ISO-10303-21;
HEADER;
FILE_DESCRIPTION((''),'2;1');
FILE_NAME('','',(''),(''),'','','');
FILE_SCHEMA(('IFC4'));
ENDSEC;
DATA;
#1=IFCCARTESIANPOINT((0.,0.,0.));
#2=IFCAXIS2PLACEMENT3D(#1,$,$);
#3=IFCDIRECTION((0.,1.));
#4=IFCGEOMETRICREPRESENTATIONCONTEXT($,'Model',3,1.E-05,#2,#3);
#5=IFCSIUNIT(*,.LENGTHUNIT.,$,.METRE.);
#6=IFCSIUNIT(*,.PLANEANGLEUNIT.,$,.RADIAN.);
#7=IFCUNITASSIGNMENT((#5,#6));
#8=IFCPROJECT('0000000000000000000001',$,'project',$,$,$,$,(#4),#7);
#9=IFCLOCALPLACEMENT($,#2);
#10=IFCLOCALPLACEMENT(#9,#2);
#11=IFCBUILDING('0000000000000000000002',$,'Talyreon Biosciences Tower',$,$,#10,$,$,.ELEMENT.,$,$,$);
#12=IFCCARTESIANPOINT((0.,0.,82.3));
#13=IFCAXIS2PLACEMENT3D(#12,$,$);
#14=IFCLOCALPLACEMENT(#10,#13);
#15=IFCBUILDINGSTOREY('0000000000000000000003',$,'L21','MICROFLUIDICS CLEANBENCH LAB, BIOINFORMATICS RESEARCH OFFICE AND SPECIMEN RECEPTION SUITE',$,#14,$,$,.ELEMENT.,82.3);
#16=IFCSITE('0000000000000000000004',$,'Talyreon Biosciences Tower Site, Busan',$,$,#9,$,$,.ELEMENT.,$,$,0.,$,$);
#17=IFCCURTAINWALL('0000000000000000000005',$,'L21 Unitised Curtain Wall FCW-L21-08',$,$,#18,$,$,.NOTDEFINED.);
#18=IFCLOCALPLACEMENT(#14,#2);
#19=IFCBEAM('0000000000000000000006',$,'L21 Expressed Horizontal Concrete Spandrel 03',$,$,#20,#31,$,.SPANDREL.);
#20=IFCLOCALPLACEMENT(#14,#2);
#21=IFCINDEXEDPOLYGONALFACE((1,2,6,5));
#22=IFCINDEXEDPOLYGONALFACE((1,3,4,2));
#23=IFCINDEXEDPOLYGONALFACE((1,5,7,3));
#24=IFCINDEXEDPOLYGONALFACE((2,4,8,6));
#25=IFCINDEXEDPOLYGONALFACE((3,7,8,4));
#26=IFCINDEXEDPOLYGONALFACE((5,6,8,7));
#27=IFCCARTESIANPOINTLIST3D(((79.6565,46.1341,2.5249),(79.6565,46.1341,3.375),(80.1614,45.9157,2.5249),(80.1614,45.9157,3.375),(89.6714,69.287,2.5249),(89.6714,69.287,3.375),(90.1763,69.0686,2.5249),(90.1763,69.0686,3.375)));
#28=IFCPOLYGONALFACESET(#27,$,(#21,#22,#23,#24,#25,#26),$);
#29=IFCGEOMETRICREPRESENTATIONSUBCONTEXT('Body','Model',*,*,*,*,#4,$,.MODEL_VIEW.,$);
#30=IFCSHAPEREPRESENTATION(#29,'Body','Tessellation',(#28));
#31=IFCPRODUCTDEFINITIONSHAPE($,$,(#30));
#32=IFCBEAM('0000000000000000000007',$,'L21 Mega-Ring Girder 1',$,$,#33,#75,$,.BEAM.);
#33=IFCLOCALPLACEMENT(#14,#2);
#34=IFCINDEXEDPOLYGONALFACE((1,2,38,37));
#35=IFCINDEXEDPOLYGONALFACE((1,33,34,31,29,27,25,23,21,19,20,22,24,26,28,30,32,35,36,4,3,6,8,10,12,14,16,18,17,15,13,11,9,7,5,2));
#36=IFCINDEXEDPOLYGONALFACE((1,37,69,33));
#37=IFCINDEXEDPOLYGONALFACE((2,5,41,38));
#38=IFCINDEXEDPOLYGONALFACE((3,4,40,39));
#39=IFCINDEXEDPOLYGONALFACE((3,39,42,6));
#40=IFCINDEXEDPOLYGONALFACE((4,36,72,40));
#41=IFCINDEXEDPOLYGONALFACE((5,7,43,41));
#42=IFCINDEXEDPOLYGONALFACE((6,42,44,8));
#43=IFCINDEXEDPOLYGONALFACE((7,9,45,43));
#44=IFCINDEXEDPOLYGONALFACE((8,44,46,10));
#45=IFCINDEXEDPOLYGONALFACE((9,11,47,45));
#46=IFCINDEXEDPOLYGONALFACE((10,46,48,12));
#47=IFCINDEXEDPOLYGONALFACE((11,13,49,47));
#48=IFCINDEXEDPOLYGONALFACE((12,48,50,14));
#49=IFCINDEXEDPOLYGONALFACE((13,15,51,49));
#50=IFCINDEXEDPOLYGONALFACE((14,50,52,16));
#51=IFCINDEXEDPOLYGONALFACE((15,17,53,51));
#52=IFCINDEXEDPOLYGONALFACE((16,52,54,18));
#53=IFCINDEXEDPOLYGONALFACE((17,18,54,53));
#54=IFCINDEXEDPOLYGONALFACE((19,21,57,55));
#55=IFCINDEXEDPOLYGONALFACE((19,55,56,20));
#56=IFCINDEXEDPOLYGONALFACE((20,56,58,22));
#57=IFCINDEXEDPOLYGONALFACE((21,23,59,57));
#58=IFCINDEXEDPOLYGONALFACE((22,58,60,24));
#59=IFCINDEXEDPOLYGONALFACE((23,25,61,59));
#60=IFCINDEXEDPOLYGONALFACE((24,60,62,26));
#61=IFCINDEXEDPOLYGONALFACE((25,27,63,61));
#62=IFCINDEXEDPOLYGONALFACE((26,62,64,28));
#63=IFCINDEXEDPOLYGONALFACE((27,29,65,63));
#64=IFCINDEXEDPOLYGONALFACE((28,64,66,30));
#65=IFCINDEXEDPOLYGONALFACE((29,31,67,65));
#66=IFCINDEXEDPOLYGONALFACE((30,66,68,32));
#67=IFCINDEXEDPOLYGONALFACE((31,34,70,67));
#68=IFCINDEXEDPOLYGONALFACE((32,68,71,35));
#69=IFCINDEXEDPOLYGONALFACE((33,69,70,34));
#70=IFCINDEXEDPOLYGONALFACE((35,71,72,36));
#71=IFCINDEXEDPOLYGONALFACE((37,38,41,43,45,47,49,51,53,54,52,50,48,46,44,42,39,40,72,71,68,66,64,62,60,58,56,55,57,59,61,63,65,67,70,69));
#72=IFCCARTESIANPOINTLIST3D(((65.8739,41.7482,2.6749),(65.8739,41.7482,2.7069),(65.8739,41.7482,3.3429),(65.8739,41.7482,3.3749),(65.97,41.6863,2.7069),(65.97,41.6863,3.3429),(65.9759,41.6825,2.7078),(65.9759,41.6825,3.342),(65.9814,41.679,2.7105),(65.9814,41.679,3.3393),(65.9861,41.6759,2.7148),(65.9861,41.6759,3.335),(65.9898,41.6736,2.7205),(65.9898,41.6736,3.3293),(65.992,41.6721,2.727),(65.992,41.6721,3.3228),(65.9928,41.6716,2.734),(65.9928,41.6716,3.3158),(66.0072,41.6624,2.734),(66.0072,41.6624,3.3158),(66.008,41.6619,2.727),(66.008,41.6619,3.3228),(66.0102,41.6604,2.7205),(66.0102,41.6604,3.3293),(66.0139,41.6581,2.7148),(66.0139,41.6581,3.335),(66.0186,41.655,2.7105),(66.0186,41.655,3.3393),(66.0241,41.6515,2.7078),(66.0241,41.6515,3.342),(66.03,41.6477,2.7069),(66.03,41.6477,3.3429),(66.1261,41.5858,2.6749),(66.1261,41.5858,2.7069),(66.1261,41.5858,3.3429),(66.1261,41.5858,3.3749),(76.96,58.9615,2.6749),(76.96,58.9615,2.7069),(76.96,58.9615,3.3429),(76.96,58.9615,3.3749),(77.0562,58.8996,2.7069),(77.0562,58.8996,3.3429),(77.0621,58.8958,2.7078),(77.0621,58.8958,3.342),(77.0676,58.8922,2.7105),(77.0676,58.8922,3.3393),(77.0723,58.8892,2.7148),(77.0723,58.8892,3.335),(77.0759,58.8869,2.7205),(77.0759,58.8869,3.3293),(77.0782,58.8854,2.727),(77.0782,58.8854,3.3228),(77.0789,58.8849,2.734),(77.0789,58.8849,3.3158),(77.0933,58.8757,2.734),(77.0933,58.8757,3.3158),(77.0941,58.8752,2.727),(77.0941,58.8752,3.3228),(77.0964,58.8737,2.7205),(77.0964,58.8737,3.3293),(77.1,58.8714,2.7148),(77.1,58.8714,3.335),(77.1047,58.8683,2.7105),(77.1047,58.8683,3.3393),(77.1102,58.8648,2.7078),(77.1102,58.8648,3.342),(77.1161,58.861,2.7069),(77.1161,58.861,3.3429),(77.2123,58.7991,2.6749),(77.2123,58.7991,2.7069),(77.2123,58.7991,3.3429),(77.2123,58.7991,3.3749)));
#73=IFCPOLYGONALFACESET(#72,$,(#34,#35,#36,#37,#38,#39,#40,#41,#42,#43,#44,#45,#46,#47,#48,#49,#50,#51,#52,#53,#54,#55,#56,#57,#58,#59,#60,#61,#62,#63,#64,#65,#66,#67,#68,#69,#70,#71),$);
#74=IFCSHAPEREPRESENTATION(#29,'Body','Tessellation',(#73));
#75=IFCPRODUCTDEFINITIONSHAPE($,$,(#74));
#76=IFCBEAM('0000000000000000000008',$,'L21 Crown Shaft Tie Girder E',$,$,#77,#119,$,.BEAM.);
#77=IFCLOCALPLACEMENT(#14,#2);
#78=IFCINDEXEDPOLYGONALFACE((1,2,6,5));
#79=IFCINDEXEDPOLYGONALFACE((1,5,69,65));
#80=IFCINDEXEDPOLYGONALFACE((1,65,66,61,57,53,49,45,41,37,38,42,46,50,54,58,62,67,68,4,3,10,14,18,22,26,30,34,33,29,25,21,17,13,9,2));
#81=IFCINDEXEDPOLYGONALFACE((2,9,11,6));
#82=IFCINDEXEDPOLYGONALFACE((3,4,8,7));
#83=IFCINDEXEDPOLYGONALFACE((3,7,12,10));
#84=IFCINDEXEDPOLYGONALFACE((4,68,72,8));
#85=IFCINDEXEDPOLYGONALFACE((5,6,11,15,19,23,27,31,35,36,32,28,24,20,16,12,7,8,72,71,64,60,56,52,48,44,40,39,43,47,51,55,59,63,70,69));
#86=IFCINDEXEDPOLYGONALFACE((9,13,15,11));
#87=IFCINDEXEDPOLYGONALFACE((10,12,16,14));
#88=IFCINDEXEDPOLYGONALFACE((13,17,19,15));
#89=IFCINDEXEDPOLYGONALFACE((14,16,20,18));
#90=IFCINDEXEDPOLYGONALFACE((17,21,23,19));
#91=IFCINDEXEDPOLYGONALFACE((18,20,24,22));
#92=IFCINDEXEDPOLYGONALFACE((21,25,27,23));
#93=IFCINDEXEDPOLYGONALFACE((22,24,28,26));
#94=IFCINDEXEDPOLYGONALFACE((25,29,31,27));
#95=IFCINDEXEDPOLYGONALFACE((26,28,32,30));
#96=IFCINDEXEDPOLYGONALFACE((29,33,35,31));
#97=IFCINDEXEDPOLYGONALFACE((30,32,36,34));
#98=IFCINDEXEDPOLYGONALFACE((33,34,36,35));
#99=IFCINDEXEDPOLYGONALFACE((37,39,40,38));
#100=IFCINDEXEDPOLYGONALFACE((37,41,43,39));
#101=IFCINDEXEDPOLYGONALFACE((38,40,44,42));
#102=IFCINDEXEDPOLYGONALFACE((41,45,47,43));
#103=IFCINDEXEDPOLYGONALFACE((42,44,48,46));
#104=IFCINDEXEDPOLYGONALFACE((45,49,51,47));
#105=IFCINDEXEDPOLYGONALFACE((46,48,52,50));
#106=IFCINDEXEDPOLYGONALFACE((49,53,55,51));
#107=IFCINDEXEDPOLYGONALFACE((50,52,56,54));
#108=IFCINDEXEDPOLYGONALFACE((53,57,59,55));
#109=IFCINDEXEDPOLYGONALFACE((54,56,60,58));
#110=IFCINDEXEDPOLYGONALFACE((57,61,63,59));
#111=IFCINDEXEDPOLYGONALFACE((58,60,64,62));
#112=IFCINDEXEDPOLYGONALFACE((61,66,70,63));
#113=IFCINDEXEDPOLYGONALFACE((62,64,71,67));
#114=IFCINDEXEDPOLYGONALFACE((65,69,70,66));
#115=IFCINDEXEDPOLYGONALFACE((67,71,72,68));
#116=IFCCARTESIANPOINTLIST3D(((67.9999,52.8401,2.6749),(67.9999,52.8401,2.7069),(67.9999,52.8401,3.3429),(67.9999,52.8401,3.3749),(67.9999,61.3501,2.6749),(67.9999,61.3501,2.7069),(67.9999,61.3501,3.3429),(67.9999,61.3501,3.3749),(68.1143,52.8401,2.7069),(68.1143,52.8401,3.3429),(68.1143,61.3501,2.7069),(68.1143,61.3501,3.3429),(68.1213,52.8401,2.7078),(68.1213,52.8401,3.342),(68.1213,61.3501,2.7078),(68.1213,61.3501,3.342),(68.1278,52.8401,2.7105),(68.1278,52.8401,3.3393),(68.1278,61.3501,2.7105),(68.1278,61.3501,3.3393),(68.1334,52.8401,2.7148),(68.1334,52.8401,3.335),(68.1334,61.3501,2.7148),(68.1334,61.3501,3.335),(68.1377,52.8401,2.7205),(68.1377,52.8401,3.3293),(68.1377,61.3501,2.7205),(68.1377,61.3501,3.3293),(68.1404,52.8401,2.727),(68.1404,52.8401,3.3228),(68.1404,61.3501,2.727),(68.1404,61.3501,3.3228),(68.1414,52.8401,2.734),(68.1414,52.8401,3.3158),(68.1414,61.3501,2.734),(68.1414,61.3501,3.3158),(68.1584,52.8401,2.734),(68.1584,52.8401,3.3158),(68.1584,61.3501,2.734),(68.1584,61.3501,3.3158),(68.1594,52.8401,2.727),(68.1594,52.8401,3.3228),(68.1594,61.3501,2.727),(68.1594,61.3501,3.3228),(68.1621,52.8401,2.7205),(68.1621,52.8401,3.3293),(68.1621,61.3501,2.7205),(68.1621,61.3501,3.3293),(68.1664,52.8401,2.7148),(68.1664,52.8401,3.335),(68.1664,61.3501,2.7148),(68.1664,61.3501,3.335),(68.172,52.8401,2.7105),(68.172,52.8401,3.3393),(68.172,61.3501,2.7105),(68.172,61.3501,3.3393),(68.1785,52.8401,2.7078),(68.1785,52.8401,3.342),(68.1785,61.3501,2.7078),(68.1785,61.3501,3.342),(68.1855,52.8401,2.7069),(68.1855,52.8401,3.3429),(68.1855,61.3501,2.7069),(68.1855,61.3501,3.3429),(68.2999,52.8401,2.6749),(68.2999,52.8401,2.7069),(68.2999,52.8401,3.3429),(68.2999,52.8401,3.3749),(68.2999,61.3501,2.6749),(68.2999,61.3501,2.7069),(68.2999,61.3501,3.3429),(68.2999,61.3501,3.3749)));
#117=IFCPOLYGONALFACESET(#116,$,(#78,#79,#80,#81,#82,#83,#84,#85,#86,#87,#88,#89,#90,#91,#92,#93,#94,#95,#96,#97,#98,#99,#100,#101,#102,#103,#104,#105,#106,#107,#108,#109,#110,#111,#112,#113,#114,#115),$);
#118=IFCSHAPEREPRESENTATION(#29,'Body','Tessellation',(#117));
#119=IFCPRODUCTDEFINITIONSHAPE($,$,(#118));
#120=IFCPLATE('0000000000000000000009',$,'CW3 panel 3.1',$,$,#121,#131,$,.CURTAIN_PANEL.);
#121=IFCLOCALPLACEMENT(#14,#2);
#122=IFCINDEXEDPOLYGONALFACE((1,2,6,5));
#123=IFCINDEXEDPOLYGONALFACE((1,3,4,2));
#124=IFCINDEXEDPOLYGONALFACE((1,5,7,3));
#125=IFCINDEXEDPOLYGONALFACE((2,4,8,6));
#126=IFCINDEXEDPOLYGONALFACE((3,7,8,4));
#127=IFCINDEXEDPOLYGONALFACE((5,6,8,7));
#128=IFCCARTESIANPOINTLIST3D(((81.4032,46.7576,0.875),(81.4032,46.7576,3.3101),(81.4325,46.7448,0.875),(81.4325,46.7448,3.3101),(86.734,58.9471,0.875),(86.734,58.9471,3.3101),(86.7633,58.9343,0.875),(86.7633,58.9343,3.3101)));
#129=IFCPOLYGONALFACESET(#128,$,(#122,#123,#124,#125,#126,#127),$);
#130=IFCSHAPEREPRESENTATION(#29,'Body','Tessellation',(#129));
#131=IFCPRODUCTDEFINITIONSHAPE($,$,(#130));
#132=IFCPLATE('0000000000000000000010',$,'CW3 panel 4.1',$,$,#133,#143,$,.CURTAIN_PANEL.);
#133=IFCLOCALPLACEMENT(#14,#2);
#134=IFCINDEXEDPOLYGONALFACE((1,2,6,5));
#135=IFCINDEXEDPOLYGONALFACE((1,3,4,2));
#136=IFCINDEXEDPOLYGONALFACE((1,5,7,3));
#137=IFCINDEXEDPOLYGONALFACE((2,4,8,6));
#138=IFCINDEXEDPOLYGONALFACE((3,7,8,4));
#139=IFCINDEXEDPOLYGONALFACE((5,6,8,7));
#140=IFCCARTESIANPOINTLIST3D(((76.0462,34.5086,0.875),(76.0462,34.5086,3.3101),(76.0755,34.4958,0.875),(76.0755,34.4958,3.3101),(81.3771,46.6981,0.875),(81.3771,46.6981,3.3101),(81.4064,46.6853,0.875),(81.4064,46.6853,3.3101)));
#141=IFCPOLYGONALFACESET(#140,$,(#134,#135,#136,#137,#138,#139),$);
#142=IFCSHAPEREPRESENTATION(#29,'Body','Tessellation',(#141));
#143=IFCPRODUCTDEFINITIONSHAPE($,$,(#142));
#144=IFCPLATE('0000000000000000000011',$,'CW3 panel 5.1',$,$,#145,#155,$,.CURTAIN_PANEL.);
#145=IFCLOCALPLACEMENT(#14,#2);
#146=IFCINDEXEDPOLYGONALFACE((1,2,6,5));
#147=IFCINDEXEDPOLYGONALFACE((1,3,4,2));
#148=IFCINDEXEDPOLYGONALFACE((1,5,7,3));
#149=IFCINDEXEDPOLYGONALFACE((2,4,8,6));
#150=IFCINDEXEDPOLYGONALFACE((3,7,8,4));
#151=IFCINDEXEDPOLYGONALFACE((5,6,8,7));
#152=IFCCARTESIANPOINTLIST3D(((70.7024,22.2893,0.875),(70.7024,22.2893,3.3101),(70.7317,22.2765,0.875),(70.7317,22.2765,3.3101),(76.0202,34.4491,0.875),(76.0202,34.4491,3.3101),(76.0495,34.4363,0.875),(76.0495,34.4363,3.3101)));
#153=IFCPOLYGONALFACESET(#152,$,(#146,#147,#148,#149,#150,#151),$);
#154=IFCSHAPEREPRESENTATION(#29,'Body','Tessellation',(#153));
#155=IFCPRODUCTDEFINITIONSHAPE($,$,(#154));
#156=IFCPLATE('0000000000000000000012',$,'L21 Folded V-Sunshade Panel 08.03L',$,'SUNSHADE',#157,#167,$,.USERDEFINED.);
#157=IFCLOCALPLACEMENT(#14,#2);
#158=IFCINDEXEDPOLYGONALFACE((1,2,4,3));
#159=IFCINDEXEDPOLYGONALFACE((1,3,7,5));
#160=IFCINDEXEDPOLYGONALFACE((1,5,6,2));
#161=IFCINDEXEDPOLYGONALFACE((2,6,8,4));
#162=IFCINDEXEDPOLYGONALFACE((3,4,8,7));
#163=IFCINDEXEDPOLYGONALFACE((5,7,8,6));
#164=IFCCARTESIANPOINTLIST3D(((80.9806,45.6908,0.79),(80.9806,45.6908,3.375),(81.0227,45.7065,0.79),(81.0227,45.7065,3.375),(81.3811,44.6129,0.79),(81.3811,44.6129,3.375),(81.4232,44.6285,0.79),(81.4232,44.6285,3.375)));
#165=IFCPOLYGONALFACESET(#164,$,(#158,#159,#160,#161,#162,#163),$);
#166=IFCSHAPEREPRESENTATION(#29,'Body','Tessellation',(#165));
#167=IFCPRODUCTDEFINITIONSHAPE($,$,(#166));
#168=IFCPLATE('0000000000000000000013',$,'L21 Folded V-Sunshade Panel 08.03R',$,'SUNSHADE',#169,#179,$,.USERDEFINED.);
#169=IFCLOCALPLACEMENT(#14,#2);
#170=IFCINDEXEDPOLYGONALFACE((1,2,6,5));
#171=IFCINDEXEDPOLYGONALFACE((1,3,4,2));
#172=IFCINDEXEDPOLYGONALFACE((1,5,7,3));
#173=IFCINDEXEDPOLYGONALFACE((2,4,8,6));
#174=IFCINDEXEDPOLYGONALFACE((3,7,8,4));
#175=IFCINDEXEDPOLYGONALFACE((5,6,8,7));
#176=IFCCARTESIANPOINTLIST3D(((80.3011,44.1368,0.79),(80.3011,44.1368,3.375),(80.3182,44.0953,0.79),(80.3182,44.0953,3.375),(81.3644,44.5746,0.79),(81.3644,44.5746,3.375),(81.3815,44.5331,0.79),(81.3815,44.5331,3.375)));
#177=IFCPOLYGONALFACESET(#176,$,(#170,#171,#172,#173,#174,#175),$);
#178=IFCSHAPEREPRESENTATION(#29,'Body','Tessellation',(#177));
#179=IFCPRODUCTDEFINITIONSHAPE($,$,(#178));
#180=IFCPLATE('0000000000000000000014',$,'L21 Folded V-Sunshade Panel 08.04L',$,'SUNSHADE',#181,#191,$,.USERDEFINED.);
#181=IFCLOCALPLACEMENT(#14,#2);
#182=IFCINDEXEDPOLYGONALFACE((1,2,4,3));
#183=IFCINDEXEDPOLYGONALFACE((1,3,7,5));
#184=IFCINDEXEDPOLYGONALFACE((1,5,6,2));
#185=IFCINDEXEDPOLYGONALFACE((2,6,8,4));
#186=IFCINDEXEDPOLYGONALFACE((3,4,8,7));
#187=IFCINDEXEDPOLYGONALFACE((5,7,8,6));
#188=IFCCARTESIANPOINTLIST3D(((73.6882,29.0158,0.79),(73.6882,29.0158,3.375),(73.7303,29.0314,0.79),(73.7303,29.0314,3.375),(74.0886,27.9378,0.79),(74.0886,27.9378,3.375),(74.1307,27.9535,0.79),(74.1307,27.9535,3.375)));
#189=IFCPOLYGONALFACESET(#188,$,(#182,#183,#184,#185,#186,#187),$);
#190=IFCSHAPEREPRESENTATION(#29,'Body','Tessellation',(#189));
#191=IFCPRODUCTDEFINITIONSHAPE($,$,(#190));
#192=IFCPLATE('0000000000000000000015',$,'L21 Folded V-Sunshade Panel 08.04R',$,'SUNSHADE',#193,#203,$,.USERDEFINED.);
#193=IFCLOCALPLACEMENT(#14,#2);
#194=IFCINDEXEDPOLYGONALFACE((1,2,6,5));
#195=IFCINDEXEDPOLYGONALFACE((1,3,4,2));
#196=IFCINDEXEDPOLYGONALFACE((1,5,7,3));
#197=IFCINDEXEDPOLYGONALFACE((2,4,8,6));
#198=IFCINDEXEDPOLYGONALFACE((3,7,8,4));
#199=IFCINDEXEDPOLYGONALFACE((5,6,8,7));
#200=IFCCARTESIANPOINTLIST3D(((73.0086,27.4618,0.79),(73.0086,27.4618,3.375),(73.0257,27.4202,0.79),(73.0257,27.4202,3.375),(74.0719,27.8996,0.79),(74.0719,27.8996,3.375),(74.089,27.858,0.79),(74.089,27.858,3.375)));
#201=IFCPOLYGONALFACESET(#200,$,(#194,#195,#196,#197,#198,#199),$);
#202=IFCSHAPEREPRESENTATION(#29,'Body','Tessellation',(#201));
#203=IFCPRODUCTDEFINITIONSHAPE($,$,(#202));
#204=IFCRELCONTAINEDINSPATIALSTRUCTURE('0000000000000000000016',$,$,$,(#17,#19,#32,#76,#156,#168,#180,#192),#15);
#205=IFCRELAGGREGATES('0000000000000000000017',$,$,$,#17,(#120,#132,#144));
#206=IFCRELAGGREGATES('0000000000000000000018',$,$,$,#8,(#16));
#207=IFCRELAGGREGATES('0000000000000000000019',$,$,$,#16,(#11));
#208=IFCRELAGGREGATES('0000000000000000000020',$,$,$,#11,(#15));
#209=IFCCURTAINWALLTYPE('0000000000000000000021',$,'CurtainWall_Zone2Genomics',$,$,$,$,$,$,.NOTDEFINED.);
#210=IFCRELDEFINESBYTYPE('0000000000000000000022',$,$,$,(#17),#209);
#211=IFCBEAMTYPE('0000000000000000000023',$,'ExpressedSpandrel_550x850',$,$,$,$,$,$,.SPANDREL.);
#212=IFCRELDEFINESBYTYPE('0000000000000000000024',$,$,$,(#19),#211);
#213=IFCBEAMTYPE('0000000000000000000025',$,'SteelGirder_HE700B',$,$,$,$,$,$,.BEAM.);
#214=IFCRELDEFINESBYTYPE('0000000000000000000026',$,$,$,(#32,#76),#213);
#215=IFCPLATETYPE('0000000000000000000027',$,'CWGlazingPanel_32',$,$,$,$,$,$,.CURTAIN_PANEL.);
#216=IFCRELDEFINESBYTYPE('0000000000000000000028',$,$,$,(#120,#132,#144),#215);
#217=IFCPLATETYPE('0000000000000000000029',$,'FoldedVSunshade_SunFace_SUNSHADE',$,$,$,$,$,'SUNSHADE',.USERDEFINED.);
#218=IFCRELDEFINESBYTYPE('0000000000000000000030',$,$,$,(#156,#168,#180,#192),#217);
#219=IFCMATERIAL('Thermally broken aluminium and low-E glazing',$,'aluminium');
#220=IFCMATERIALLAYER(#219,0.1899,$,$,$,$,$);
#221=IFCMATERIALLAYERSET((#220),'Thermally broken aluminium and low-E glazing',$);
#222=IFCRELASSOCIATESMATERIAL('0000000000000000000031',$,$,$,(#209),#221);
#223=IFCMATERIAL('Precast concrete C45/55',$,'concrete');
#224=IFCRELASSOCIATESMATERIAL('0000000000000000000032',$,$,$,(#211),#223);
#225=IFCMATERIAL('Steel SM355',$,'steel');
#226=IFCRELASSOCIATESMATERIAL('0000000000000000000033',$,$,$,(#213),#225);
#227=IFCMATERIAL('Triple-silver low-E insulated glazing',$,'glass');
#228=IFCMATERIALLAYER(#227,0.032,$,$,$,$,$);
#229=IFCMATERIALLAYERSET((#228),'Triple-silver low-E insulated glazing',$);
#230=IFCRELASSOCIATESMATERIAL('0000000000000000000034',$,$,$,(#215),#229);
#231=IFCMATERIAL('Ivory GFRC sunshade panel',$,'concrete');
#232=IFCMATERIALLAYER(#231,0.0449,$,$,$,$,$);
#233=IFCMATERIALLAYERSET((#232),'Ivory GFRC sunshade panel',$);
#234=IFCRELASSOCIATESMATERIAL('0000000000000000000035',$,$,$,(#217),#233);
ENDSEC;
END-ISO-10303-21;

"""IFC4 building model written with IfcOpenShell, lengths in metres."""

from ifc_helpers import new_model, si_unit, direction, frame, origin, origin_2d, place, context, subcontext, project, spatial, rectangle, i_section, extrude, material, layer, layer_set, material_profile, profile_set, type_object, element, aggregate, save


model = new_model("IFC4")

# Units and contexts
model_context = context("Model", 3, precision=1e-05, world=origin(), true_north=direction((0.0, 1.0)))
body_context = subcontext(model_context, "Body", "Model", "MODEL_VIEW")
ifc_project = project(units=[si_unit("LENGTHUNIT", "METRE"), si_unit("PLANEANGLEUNIT", "RADIAN")], contexts=[model_context])

# Site, building, storey
site_placement = place(None, origin())
site = spatial("IfcSite", under=ifc_project, at=site_placement, Name="Talyreon Biosciences Tower Site, Busan", CompositionType="ELEMENT", RefElevation=0.0)
building_placement = place(site_placement, origin())
building = spatial("IfcBuilding", under=site, at=building_placement, Name="Talyreon Biosciences Tower", CompositionType="ELEMENT")
storey_placement = place(building_placement, frame((0.0, 0.0, 82.3)))
storey = spatial("IfcBuildingStorey", under=building, at=storey_placement, Name="L21", Description="MICROFLUIDICS CLEANBENCH LAB, BIOINFORMATICS RESEARCH OFFICE AND SPECIMEN RECEPTION SUITE", CompositionType="ELEMENT", Elevation=82.3)

# Shared definitions
ifc_material_1 = material(Name="Precast concrete C45/55", Category="concrete")

# Curtain wall
ifc_material_2 = material(Name="Thermally broken aluminium and low-E glazing", Category="aluminium")
ifc_layer_1 = layer(ifc_material_2, 0.1899)
ifc_layer_set_1 = layer_set([ifc_layer_1], Name="Thermally broken aluminium and low-E glazing")
curtain_wall_type = type_object("IfcCurtainWallType", Name="CurtainWall_Zone2Genomics", PredefinedType="NOTDEFINED", material=ifc_layer_set_1)
curtain_wall_placement = place(storey_placement, origin())
curtain_wall = element("IfcCurtainWall", 1, at=curtain_wall_placement, inside=storey, type_object=curtain_wall_type, Name="L21 Unitised Curtain Wall FCW-L21-08", PredefinedType="NOTDEFINED")

# Beams
ifc_material_profile_1 = material_profile(ifc_material_1, rectangle(XDim=0.55, YDim=0.8501, at=origin_2d()), Name="RCB 550x850")
ifc_profile_set_1 = profile_set([ifc_material_profile_1], Name="Precast concrete C45/55")
beam_type_1 = type_object("IfcBeamType", Name="ExpressedSpandrel_550x850", PredefinedType="SPANDREL", material=ifc_profile_set_1)
beam_1_placement = place(storey_placement, frame((79.9089, 46.0249, 2.95), z_axis=(0.397007, 0.917816, 0.0), x_axis=(-0.917816, 0.397007, 0.0)))
element("IfcBeam", 2, at=beam_1_placement, inside=storey, type_object=beam_type_1, Name="L21 Expressed Horizontal Concrete Spandrel 03", PredefinedType="SPANDREL", context=body_context, shape_type="SweptSolid", body=[
    extrude(rectangle(XDim=0.55, YDim=0.8501, at=origin_2d()), origin(), (0.0, 0.0, 1.0), 25.2261),
])
ifc_material_3 = material(Name="Steel SM355", Category="steel")
ifc_material_profile_2 = material_profile(ifc_material_3, i_section(OverallWidth=0.3, OverallDepth=0.7, WebThickness=0.0171, FlangeThickness=0.032, FilletRadius=0.0271, at=origin_2d()), Name="HE700B")
ifc_profile_set_2 = profile_set([ifc_material_profile_2], Name="Steel SM355")
beam_type_2 = type_object("IfcBeamType", Name="SteelGirder_HE700B", PredefinedType="BEAM", material=ifc_profile_set_2)
beam_2_placement = place(storey_placement, frame((66.0, 41.667, 3.0249), z_axis=(0.541464, 0.840724, 0.0), x_axis=(-0.840724, 0.541464, 0.0)))
element("IfcBeam", 3, at=beam_2_placement, inside=storey, type_object=beam_type_2, Name="L21 Mega-Ring Girder 1", PredefinedType="BEAM", context=body_context, shape_type="SweptSolid", body=[
    extrude(i_section(OverallWidth=0.3, OverallDepth=0.7, WebThickness=0.0171, FlangeThickness=0.032, FilletRadius=0.0271, at=origin_2d()), origin(), (0.0, 0.0, 1.0), 20.4744),
])
beam_3_placement = place(storey_placement, frame((68.1499, 52.8401, 3.0249), z_axis=(0.0, 1.0, 0.0), x_axis=(-1.0, 0.0, 0.0)))
element("IfcBeam", 4, at=beam_3_placement, inside=storey, type_object=beam_type_2, Name="L21 Crown Shaft Tie Girder E", PredefinedType="BEAM", context=body_context, shape_type="SweptSolid", body=[
    extrude(i_section(OverallWidth=0.3, OverallDepth=0.7, WebThickness=0.0171, FlangeThickness=0.032, FilletRadius=0.0271, at=origin_2d()), origin(), (0.0, 0.0, 1.0), 8.51),
])

# Plates
ifc_material_4 = material(Name="Triple-silver low-E insulated glazing", Category="glass")
ifc_layer_2 = layer(ifc_material_4, 0.032)
ifc_layer_set_2 = layer_set([ifc_layer_2], Name="Triple-silver low-E insulated glazing")
plate_type_1 = type_object("IfcPlateType", Name="CWGlazingPanel_32", PredefinedType="CURTAIN_PANEL", material=ifc_layer_set_2)
plate_1_placement = place(storey_placement, frame((84.0833, 52.8459, 0.875), z_axis=(0.0, 0.0, 1.0), x_axis=(-0.400689, -0.916214, 0.0)))
plate_1 = element("IfcPlate", 5, at=plate_1_placement, type_object=plate_type_1, Name="CW3 panel 3.1", PredefinedType="CURTAIN_PANEL", context=body_context, shape_type="SweptSolid", body=[
    extrude(rectangle(XDim=13.3042, YDim=0.032, at=origin_2d()), origin(), (0.0, 0.0, 1.0), 2.4351),
])
plate_2_placement = place(storey_placement, frame((78.7263, 40.5969, 0.875), z_axis=(0.0, 0.0, 1.0), x_axis=(-0.400689, -0.916214, 0.0)))
plate_2 = element("IfcPlate", 6, at=plate_2_placement, type_object=plate_type_1, Name="CW3 panel 4.1", PredefinedType="CURTAIN_PANEL", context=body_context, shape_type="SweptSolid", body=[
    extrude(rectangle(XDim=13.3042, YDim=0.032, at=origin_2d()), origin(), (0.0, 0.0, 1.0), 2.4351),
])
plate_3_placement = place(storey_placement, frame((73.376, 28.3628, 0.875), z_axis=(0.0, 0.0, 1.0), x_axis=(-0.400689, -0.916214, 0.0)))
plate_3 = element("IfcPlate", 7, at=plate_3_placement, type_object=plate_type_1, Name="CW3 panel 5.1", PredefinedType="CURTAIN_PANEL", context=body_context, shape_type="SweptSolid", body=[
    extrude(rectangle(XDim=13.2717, YDim=0.032, at=origin_2d()), origin(), (0.0, 0.0, 1.0), 2.4351),
])
aggregate(curtain_wall, [plate_1, plate_2, plate_3])

# Plates
ifc_material_5 = material(Name="Ivory GFRC sunshade panel", Category="concrete")
ifc_layer_3 = layer(ifc_material_5, 0.0449)
ifc_layer_set_3 = layer_set([ifc_layer_3], Name="Ivory GFRC sunshade panel")
plate_type_2 = type_object("IfcPlateType", Name="FoldedVSunshade_SunFace_SUNSHADE", ElementType="SUNSHADE", PredefinedType="USERDEFINED", material=ifc_layer_set_3)
for number, where, z_axis, x_axis, name in (
    (8, (81.2019, 45.1597, 0.79), (0.0, 0.0, 1.0), (0.348228, -0.93741, 0.0), "L21 Folded V-Sunshade Panel 08.03L"),
    (9, (80.8413, 44.335, 0.79), (0.0, 0.0, 1.0), (-0.924686, -0.380731, 0.0), "L21 Folded V-Sunshade Panel 08.03R"),
    (10, (73.9094, 28.4846, 0.79), (0.0, 0.0, 1.0), (0.348228, -0.93741, 0.0), "L21 Folded V-Sunshade Panel 08.04L"),
    (11, (73.5488, 27.6599, 0.79), (0.0, 0.0, 1.0), (-0.924686, -0.380731, 0.0), "L21 Folded V-Sunshade Panel 08.04R"),
):
    element("IfcPlate", number, at=place(storey_placement, frame(where, z_axis=z_axis, x_axis=x_axis)), inside=storey, type_object=plate_type_2, Name=name, ObjectType="SUNSHADE", PredefinedType="USERDEFINED", context=body_context, shape_type="SweptSolid", body=[
        extrude(rectangle(XDim=1.1499, YDim=0.0449, at=origin_2d()), origin(), (0.0, 0.0, 1.0), 2.585),
    ])

save(model, "model.ifc")
